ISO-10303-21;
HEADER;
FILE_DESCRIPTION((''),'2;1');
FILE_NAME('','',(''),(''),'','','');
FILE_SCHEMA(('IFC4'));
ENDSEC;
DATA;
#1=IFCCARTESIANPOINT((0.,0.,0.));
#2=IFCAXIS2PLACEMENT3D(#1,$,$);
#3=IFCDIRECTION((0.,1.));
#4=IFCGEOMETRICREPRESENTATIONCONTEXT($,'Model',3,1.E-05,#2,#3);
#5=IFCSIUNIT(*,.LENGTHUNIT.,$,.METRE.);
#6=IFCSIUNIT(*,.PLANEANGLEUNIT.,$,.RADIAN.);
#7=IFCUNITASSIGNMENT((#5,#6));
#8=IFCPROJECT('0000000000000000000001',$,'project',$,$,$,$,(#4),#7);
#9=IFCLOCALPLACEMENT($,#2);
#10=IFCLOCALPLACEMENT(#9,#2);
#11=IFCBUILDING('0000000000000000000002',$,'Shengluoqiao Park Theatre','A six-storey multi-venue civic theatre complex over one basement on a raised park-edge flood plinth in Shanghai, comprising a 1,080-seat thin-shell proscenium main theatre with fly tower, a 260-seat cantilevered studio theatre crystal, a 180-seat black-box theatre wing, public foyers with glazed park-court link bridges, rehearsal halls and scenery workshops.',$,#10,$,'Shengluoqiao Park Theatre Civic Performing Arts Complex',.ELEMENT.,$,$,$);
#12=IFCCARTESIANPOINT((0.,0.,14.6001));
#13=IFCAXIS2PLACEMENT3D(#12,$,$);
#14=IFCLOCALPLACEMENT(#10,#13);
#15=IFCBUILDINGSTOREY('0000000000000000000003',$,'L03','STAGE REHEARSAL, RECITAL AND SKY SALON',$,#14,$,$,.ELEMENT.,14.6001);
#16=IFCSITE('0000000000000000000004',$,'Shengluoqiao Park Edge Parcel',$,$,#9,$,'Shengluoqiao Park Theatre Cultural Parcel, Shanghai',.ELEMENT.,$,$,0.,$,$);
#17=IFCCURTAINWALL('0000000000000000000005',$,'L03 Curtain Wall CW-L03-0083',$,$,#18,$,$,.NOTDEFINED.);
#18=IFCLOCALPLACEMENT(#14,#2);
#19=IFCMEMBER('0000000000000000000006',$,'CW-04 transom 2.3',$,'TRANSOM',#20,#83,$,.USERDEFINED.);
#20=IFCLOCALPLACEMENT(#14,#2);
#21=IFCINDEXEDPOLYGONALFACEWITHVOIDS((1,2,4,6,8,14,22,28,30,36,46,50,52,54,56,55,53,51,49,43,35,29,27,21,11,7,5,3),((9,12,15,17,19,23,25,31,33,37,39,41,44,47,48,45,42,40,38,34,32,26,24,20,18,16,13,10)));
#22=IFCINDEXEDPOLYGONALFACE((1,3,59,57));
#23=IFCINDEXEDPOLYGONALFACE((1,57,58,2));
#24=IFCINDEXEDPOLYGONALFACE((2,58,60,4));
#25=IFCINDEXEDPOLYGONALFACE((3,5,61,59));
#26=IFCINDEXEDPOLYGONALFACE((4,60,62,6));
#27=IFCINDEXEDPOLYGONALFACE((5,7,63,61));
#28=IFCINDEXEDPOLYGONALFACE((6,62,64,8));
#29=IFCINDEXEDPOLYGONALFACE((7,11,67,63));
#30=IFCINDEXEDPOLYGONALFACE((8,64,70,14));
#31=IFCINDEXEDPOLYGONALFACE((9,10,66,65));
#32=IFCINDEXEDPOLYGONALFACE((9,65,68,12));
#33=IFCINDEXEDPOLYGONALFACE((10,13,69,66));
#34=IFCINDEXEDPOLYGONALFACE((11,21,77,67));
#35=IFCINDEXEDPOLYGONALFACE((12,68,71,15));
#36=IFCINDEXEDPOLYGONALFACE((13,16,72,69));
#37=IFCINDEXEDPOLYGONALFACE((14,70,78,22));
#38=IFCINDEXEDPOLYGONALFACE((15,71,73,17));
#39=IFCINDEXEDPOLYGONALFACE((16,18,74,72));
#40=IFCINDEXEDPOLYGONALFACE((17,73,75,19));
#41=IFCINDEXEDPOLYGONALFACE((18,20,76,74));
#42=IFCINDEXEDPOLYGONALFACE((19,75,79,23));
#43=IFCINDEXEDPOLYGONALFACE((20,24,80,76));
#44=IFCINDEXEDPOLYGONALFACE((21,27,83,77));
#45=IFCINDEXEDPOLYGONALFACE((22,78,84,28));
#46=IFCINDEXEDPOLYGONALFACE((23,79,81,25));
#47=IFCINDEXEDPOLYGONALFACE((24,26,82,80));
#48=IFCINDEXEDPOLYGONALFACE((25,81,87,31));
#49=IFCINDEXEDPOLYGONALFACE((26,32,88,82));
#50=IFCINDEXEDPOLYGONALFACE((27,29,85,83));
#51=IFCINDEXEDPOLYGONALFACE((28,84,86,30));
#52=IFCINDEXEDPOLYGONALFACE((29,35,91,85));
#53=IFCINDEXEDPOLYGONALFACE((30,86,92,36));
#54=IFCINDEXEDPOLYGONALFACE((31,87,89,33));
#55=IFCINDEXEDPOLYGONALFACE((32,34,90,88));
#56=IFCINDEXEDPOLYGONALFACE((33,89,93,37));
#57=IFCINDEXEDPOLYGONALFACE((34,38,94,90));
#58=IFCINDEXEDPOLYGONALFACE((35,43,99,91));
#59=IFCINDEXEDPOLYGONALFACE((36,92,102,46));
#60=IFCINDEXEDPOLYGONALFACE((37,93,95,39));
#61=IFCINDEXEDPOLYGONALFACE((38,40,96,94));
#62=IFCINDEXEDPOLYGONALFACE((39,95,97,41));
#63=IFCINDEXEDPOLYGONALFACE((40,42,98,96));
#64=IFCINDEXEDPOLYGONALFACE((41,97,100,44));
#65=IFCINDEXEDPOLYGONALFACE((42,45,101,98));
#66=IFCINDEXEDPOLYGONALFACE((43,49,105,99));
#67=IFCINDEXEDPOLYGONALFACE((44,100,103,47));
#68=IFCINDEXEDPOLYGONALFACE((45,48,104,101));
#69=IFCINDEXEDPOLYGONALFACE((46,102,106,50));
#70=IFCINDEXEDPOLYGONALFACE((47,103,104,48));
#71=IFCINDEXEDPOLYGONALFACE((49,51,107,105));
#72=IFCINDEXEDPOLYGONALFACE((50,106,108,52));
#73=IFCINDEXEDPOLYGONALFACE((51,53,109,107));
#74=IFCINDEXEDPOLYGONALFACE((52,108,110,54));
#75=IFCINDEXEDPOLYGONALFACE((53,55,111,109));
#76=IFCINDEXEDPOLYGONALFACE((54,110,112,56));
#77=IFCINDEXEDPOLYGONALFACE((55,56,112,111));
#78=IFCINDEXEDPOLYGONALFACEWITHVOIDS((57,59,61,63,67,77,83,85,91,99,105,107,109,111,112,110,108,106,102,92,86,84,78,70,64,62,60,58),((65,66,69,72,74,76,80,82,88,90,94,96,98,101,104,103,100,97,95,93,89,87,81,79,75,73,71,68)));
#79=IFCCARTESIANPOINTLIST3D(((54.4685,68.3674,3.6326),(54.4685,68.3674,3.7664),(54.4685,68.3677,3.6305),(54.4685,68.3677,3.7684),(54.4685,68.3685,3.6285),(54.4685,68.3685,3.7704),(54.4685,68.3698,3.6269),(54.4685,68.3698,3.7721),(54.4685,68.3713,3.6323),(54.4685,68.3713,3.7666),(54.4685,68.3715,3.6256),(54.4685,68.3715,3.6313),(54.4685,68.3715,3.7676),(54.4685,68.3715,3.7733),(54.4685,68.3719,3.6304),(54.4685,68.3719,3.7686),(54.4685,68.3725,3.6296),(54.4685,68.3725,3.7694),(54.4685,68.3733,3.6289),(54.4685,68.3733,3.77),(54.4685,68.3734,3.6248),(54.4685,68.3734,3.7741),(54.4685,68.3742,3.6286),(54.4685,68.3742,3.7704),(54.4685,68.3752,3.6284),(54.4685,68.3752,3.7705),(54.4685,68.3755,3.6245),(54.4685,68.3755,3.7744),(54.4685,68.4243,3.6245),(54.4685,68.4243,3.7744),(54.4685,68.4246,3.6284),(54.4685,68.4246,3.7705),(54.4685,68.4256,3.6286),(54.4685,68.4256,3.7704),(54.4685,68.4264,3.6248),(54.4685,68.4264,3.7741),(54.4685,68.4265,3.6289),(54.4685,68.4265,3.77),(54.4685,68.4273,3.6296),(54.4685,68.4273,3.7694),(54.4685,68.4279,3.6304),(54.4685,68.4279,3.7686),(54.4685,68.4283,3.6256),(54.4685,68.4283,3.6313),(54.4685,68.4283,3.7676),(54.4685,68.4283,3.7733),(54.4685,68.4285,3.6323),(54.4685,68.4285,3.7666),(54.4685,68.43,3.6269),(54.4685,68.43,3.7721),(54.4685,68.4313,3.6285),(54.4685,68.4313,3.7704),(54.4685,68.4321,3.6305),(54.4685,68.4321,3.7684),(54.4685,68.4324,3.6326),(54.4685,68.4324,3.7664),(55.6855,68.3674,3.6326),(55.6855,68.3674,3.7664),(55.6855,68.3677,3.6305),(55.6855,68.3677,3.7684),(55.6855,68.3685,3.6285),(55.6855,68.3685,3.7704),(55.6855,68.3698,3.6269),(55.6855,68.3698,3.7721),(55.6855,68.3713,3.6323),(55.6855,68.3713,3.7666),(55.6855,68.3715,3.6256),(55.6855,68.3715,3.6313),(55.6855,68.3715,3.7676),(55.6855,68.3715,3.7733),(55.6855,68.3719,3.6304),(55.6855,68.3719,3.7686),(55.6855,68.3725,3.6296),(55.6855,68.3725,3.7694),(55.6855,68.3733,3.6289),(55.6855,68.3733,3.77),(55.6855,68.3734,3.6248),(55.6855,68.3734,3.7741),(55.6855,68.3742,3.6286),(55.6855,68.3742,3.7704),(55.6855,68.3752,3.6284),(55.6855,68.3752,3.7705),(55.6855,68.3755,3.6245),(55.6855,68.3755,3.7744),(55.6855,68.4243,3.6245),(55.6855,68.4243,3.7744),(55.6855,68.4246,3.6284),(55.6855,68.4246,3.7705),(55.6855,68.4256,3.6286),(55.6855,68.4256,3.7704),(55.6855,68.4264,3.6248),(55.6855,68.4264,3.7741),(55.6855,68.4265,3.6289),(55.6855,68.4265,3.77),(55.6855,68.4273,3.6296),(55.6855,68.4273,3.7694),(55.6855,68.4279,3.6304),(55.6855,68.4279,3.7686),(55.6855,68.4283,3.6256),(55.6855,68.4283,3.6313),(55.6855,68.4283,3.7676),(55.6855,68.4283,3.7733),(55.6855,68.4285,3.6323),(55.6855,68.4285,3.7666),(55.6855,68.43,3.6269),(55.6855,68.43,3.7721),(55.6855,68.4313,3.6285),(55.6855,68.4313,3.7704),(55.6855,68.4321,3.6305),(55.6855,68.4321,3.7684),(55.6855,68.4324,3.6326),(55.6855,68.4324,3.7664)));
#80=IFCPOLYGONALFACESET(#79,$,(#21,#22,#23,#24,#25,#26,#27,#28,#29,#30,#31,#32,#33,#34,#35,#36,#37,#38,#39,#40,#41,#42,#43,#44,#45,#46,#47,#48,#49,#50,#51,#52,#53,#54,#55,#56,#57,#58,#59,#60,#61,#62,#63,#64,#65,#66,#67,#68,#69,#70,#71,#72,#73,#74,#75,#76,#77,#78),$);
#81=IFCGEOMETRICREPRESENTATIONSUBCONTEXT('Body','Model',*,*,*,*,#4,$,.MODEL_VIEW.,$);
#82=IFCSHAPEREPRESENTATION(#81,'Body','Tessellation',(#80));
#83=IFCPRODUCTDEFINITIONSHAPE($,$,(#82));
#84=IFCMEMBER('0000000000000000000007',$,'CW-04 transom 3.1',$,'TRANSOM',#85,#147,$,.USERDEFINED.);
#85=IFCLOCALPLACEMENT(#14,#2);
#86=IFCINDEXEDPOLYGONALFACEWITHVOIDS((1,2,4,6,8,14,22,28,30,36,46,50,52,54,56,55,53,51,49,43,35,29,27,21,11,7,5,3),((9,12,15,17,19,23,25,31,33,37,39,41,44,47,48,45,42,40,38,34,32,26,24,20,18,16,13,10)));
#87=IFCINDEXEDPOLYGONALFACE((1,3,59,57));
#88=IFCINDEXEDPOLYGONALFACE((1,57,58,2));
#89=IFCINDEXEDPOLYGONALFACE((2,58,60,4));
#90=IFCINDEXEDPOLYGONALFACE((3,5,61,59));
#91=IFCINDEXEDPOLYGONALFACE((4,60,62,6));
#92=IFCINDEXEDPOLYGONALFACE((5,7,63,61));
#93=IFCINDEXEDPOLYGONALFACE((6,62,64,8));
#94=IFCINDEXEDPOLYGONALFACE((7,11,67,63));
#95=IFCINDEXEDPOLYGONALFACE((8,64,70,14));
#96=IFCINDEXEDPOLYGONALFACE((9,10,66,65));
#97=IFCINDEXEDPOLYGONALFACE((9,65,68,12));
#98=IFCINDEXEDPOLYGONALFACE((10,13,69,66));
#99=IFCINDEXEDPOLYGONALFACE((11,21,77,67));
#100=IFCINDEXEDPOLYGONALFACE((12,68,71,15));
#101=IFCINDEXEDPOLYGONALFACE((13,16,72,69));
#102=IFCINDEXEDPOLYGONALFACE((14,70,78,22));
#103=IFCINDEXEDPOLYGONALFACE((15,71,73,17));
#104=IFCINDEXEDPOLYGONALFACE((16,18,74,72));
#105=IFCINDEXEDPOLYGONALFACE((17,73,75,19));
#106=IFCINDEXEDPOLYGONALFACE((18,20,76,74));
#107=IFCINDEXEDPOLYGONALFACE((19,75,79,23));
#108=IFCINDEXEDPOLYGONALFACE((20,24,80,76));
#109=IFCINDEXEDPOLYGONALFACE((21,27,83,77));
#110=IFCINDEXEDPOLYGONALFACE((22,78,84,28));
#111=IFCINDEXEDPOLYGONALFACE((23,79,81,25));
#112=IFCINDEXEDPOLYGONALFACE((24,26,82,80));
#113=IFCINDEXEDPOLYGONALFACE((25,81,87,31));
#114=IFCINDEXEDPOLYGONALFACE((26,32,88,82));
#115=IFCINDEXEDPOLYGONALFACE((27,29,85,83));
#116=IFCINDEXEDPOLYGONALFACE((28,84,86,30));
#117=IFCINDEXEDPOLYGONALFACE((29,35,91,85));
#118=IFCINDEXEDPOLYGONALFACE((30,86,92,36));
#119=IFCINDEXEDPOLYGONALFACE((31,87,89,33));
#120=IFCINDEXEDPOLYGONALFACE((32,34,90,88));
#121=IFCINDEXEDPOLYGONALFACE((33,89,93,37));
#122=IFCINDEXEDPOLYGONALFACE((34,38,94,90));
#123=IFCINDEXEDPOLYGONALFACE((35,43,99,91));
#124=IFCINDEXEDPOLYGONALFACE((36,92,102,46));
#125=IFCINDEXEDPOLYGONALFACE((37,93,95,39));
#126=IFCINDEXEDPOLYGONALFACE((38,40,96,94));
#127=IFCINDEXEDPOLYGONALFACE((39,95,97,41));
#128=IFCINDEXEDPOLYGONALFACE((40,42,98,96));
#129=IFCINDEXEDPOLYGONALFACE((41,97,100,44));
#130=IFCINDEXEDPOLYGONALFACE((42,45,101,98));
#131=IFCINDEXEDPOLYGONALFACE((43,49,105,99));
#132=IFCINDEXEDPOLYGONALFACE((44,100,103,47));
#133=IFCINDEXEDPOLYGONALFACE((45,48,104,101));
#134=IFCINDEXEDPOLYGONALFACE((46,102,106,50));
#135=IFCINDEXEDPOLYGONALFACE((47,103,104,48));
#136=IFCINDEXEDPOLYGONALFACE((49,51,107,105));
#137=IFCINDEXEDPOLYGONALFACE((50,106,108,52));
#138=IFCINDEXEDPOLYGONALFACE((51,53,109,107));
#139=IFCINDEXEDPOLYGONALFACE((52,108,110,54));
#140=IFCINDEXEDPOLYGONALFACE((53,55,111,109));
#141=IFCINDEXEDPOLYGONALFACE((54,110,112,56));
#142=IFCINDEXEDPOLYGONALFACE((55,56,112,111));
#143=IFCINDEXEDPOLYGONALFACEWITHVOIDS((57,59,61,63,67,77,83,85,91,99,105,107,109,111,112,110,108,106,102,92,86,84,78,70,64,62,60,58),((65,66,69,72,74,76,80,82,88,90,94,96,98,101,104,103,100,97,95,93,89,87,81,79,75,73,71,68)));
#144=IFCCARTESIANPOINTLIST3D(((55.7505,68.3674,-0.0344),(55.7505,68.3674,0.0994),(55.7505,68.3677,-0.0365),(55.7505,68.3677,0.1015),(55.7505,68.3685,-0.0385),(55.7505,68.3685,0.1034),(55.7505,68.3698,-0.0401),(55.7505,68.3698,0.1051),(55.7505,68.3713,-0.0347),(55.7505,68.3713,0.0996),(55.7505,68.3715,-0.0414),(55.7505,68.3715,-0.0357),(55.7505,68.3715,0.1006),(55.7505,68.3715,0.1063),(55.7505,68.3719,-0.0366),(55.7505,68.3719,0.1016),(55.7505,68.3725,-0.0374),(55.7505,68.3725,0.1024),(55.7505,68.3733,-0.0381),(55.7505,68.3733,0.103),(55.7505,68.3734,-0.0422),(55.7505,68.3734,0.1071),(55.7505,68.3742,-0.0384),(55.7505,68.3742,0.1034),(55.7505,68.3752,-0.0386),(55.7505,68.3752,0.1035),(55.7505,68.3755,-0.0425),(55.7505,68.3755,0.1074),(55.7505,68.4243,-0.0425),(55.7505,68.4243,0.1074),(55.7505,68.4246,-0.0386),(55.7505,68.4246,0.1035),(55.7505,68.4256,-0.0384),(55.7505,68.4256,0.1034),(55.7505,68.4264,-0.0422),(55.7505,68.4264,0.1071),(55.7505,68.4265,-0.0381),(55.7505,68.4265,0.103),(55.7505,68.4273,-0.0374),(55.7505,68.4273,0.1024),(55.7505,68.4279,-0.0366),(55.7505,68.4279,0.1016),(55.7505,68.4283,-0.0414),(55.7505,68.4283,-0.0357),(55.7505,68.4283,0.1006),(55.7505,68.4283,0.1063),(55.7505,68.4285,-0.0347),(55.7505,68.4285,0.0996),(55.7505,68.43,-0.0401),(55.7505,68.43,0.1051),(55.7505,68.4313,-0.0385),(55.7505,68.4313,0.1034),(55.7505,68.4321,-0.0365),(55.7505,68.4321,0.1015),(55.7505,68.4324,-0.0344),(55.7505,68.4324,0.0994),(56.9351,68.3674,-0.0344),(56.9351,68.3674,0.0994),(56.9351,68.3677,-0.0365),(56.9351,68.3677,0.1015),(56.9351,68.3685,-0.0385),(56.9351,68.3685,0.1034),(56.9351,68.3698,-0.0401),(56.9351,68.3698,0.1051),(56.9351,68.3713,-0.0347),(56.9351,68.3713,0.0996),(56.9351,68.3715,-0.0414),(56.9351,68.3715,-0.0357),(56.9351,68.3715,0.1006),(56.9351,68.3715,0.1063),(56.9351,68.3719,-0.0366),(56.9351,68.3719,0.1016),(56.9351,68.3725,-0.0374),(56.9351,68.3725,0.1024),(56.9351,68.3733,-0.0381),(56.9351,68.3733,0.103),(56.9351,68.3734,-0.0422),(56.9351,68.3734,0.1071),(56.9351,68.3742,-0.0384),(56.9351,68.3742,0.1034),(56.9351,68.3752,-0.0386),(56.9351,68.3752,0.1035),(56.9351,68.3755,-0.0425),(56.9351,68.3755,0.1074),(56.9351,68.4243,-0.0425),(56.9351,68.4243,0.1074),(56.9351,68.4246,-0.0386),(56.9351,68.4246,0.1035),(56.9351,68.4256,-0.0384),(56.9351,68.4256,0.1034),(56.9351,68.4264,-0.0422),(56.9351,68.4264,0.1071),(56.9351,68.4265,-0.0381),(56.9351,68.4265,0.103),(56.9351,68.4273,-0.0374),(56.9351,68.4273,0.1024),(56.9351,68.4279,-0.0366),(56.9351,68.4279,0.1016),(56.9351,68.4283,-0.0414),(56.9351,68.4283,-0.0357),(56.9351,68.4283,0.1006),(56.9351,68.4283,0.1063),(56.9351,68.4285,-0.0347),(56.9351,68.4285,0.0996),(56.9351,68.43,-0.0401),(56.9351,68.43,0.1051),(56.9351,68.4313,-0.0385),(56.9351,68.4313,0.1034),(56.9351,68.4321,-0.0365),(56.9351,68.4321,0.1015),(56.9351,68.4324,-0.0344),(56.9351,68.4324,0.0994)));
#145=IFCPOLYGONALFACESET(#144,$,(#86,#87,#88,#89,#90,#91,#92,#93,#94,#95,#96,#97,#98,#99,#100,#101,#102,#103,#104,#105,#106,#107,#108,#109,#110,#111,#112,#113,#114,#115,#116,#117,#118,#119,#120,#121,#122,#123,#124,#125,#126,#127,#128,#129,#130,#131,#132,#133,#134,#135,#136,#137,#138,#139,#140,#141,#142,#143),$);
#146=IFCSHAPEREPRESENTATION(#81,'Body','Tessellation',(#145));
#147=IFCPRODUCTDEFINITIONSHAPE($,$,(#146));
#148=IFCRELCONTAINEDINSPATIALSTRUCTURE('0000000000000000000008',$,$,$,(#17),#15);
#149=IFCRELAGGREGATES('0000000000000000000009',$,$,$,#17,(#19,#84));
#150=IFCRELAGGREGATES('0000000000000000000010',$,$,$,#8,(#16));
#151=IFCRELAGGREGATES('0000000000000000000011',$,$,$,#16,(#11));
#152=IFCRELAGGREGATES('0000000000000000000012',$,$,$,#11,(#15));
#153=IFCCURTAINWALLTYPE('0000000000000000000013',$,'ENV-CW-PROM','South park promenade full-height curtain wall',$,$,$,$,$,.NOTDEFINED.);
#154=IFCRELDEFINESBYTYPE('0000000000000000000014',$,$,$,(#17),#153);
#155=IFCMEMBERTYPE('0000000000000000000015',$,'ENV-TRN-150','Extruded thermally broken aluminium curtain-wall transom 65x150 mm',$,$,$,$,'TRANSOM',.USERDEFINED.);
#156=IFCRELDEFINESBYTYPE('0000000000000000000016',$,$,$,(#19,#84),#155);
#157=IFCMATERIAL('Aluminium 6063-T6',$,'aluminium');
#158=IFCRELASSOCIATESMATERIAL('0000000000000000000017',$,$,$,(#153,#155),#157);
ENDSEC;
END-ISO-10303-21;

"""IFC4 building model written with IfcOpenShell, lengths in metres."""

from ifc_helpers import new_model, si_unit, direction, frame, origin, origin_2d, place, context, subcontext, project, spatial, hollow_rectangle, extrude, material, material_profile, profile_set, type_object, element, aggregate, save


model = new_model("IFC4")

# Units and contexts
model_context = context("Model", 3, precision=1e-05, world=origin(), true_north=direction((0.0, 1.0)))
body_context = subcontext(model_context, "Body", "Model", "MODEL_VIEW")
ifc_project = project(units=[si_unit("LENGTHUNIT", "METRE"), si_unit("PLANEANGLEUNIT", "RADIAN")], contexts=[model_context])

# Site, building, storey
site_placement = place(None, origin())
site = spatial("IfcSite", under=ifc_project, at=site_placement, Name="Shengluoqiao Park Edge Parcel", LongName="Shengluoqiao Park Theatre Cultural Parcel, Shanghai", CompositionType="ELEMENT", RefElevation=0.0)
building_placement = place(site_placement, origin())
building = spatial("IfcBuilding", under=site, at=building_placement, Name="Shengluoqiao Park Theatre", Description="A six-storey multi-venue civic theatre complex over one basement on a raised park-edge flood plinth in Shanghai, comprising a 1,080-seat thin-shell proscenium main theatre with fly tower, a 260-seat cantilevered studio theatre crystal, a 180-seat black-box theatre wing, public foyers with glazed park-court link bridges, rehearsal halls and scenery workshops.", LongName="Shengluoqiao Park Theatre Civic Performing Arts Complex", CompositionType="ELEMENT")
storey_placement = place(building_placement, frame((0.0, 0.0, 14.6001)))
storey = spatial("IfcBuildingStorey", under=building, at=storey_placement, Name="L03", Description="STAGE REHEARSAL, RECITAL AND SKY SALON", CompositionType="ELEMENT", Elevation=14.6001)

# Curtain wall
ifc_material_1 = material(Name="Aluminium 6063-T6", Category="aluminium")
curtain_wall_type = type_object("IfcCurtainWallType", Name="ENV-CW-PROM", Description="South park promenade full-height curtain wall", PredefinedType="NOTDEFINED", material=ifc_material_1)
curtain_wall_1_placement = place(storey_placement, origin())
curtain_wall_1 = element("IfcCurtainWall", 1, at=curtain_wall_1_placement, inside=storey, type_object=curtain_wall_type, Name="L03 Curtain Wall CW-L03-0083", PredefinedType="NOTDEFINED")

# Members
ifc_material_profile_1 = material_profile(ifc_material_1, hollow_rectangle(XDim=0.0649, YDim=0.1499, WallThickness=0.0039, InnerFilletRadius=0.0039, OuterFilletRadius=0.0081, at=origin_2d()), Name="ALU TRANSOM 150x65x4")
ifc_profile_set_1 = profile_set([ifc_material_profile_1], Name="Aluminium 6063-T6")
member_type_1 = type_object("IfcMemberType", Name="ENV-TRN-150", Description="Extruded thermally broken aluminium curtain-wall transom 65x150 mm", ElementType="TRANSOM", PredefinedType="USERDEFINED", material=ifc_profile_set_1)
member_1_placement = place(storey_placement, frame((54.4685, 68.3999, 3.6995), z_axis=(1.0, 0.0, 0.0), x_axis=(0.0, 1.0, 0.0)))
member_1 = element("IfcMember", 2, at=member_1_placement, type_object=member_type_1, Name="CW-04 transom 2.3", ObjectType="TRANSOM", PredefinedType="USERDEFINED", context=body_context, shape_type="SweptSolid", body=[
    extrude(hollow_rectangle(XDim=0.0649, YDim=0.1499, WallThickness=0.0039, InnerFilletRadius=0.0039, OuterFilletRadius=0.0081, at=origin_2d()), origin(), (0.0, 0.0, 1.0), 1.217),
])
member_2_placement = place(storey_placement, frame((55.7505, 68.3999, 0.0325), z_axis=(1.0, 0.0, 0.0), x_axis=(0.0, 1.0, 0.0)))
member_2 = element("IfcMember", 3, at=member_2_placement, type_object=member_type_1, Name="CW-04 transom 3.1", ObjectType="TRANSOM", PredefinedType="USERDEFINED", context=body_context, shape_type="SweptSolid", body=[
    extrude(hollow_rectangle(XDim=0.0649, YDim=0.1499, WallThickness=0.0039, InnerFilletRadius=0.0039, OuterFilletRadius=0.0081, at=origin_2d()), origin(), (0.0, 0.0, 1.0), 1.1846),
])

aggregate(curtain_wall_1, [member_1, member_2])

save(model, "model.ifc")
